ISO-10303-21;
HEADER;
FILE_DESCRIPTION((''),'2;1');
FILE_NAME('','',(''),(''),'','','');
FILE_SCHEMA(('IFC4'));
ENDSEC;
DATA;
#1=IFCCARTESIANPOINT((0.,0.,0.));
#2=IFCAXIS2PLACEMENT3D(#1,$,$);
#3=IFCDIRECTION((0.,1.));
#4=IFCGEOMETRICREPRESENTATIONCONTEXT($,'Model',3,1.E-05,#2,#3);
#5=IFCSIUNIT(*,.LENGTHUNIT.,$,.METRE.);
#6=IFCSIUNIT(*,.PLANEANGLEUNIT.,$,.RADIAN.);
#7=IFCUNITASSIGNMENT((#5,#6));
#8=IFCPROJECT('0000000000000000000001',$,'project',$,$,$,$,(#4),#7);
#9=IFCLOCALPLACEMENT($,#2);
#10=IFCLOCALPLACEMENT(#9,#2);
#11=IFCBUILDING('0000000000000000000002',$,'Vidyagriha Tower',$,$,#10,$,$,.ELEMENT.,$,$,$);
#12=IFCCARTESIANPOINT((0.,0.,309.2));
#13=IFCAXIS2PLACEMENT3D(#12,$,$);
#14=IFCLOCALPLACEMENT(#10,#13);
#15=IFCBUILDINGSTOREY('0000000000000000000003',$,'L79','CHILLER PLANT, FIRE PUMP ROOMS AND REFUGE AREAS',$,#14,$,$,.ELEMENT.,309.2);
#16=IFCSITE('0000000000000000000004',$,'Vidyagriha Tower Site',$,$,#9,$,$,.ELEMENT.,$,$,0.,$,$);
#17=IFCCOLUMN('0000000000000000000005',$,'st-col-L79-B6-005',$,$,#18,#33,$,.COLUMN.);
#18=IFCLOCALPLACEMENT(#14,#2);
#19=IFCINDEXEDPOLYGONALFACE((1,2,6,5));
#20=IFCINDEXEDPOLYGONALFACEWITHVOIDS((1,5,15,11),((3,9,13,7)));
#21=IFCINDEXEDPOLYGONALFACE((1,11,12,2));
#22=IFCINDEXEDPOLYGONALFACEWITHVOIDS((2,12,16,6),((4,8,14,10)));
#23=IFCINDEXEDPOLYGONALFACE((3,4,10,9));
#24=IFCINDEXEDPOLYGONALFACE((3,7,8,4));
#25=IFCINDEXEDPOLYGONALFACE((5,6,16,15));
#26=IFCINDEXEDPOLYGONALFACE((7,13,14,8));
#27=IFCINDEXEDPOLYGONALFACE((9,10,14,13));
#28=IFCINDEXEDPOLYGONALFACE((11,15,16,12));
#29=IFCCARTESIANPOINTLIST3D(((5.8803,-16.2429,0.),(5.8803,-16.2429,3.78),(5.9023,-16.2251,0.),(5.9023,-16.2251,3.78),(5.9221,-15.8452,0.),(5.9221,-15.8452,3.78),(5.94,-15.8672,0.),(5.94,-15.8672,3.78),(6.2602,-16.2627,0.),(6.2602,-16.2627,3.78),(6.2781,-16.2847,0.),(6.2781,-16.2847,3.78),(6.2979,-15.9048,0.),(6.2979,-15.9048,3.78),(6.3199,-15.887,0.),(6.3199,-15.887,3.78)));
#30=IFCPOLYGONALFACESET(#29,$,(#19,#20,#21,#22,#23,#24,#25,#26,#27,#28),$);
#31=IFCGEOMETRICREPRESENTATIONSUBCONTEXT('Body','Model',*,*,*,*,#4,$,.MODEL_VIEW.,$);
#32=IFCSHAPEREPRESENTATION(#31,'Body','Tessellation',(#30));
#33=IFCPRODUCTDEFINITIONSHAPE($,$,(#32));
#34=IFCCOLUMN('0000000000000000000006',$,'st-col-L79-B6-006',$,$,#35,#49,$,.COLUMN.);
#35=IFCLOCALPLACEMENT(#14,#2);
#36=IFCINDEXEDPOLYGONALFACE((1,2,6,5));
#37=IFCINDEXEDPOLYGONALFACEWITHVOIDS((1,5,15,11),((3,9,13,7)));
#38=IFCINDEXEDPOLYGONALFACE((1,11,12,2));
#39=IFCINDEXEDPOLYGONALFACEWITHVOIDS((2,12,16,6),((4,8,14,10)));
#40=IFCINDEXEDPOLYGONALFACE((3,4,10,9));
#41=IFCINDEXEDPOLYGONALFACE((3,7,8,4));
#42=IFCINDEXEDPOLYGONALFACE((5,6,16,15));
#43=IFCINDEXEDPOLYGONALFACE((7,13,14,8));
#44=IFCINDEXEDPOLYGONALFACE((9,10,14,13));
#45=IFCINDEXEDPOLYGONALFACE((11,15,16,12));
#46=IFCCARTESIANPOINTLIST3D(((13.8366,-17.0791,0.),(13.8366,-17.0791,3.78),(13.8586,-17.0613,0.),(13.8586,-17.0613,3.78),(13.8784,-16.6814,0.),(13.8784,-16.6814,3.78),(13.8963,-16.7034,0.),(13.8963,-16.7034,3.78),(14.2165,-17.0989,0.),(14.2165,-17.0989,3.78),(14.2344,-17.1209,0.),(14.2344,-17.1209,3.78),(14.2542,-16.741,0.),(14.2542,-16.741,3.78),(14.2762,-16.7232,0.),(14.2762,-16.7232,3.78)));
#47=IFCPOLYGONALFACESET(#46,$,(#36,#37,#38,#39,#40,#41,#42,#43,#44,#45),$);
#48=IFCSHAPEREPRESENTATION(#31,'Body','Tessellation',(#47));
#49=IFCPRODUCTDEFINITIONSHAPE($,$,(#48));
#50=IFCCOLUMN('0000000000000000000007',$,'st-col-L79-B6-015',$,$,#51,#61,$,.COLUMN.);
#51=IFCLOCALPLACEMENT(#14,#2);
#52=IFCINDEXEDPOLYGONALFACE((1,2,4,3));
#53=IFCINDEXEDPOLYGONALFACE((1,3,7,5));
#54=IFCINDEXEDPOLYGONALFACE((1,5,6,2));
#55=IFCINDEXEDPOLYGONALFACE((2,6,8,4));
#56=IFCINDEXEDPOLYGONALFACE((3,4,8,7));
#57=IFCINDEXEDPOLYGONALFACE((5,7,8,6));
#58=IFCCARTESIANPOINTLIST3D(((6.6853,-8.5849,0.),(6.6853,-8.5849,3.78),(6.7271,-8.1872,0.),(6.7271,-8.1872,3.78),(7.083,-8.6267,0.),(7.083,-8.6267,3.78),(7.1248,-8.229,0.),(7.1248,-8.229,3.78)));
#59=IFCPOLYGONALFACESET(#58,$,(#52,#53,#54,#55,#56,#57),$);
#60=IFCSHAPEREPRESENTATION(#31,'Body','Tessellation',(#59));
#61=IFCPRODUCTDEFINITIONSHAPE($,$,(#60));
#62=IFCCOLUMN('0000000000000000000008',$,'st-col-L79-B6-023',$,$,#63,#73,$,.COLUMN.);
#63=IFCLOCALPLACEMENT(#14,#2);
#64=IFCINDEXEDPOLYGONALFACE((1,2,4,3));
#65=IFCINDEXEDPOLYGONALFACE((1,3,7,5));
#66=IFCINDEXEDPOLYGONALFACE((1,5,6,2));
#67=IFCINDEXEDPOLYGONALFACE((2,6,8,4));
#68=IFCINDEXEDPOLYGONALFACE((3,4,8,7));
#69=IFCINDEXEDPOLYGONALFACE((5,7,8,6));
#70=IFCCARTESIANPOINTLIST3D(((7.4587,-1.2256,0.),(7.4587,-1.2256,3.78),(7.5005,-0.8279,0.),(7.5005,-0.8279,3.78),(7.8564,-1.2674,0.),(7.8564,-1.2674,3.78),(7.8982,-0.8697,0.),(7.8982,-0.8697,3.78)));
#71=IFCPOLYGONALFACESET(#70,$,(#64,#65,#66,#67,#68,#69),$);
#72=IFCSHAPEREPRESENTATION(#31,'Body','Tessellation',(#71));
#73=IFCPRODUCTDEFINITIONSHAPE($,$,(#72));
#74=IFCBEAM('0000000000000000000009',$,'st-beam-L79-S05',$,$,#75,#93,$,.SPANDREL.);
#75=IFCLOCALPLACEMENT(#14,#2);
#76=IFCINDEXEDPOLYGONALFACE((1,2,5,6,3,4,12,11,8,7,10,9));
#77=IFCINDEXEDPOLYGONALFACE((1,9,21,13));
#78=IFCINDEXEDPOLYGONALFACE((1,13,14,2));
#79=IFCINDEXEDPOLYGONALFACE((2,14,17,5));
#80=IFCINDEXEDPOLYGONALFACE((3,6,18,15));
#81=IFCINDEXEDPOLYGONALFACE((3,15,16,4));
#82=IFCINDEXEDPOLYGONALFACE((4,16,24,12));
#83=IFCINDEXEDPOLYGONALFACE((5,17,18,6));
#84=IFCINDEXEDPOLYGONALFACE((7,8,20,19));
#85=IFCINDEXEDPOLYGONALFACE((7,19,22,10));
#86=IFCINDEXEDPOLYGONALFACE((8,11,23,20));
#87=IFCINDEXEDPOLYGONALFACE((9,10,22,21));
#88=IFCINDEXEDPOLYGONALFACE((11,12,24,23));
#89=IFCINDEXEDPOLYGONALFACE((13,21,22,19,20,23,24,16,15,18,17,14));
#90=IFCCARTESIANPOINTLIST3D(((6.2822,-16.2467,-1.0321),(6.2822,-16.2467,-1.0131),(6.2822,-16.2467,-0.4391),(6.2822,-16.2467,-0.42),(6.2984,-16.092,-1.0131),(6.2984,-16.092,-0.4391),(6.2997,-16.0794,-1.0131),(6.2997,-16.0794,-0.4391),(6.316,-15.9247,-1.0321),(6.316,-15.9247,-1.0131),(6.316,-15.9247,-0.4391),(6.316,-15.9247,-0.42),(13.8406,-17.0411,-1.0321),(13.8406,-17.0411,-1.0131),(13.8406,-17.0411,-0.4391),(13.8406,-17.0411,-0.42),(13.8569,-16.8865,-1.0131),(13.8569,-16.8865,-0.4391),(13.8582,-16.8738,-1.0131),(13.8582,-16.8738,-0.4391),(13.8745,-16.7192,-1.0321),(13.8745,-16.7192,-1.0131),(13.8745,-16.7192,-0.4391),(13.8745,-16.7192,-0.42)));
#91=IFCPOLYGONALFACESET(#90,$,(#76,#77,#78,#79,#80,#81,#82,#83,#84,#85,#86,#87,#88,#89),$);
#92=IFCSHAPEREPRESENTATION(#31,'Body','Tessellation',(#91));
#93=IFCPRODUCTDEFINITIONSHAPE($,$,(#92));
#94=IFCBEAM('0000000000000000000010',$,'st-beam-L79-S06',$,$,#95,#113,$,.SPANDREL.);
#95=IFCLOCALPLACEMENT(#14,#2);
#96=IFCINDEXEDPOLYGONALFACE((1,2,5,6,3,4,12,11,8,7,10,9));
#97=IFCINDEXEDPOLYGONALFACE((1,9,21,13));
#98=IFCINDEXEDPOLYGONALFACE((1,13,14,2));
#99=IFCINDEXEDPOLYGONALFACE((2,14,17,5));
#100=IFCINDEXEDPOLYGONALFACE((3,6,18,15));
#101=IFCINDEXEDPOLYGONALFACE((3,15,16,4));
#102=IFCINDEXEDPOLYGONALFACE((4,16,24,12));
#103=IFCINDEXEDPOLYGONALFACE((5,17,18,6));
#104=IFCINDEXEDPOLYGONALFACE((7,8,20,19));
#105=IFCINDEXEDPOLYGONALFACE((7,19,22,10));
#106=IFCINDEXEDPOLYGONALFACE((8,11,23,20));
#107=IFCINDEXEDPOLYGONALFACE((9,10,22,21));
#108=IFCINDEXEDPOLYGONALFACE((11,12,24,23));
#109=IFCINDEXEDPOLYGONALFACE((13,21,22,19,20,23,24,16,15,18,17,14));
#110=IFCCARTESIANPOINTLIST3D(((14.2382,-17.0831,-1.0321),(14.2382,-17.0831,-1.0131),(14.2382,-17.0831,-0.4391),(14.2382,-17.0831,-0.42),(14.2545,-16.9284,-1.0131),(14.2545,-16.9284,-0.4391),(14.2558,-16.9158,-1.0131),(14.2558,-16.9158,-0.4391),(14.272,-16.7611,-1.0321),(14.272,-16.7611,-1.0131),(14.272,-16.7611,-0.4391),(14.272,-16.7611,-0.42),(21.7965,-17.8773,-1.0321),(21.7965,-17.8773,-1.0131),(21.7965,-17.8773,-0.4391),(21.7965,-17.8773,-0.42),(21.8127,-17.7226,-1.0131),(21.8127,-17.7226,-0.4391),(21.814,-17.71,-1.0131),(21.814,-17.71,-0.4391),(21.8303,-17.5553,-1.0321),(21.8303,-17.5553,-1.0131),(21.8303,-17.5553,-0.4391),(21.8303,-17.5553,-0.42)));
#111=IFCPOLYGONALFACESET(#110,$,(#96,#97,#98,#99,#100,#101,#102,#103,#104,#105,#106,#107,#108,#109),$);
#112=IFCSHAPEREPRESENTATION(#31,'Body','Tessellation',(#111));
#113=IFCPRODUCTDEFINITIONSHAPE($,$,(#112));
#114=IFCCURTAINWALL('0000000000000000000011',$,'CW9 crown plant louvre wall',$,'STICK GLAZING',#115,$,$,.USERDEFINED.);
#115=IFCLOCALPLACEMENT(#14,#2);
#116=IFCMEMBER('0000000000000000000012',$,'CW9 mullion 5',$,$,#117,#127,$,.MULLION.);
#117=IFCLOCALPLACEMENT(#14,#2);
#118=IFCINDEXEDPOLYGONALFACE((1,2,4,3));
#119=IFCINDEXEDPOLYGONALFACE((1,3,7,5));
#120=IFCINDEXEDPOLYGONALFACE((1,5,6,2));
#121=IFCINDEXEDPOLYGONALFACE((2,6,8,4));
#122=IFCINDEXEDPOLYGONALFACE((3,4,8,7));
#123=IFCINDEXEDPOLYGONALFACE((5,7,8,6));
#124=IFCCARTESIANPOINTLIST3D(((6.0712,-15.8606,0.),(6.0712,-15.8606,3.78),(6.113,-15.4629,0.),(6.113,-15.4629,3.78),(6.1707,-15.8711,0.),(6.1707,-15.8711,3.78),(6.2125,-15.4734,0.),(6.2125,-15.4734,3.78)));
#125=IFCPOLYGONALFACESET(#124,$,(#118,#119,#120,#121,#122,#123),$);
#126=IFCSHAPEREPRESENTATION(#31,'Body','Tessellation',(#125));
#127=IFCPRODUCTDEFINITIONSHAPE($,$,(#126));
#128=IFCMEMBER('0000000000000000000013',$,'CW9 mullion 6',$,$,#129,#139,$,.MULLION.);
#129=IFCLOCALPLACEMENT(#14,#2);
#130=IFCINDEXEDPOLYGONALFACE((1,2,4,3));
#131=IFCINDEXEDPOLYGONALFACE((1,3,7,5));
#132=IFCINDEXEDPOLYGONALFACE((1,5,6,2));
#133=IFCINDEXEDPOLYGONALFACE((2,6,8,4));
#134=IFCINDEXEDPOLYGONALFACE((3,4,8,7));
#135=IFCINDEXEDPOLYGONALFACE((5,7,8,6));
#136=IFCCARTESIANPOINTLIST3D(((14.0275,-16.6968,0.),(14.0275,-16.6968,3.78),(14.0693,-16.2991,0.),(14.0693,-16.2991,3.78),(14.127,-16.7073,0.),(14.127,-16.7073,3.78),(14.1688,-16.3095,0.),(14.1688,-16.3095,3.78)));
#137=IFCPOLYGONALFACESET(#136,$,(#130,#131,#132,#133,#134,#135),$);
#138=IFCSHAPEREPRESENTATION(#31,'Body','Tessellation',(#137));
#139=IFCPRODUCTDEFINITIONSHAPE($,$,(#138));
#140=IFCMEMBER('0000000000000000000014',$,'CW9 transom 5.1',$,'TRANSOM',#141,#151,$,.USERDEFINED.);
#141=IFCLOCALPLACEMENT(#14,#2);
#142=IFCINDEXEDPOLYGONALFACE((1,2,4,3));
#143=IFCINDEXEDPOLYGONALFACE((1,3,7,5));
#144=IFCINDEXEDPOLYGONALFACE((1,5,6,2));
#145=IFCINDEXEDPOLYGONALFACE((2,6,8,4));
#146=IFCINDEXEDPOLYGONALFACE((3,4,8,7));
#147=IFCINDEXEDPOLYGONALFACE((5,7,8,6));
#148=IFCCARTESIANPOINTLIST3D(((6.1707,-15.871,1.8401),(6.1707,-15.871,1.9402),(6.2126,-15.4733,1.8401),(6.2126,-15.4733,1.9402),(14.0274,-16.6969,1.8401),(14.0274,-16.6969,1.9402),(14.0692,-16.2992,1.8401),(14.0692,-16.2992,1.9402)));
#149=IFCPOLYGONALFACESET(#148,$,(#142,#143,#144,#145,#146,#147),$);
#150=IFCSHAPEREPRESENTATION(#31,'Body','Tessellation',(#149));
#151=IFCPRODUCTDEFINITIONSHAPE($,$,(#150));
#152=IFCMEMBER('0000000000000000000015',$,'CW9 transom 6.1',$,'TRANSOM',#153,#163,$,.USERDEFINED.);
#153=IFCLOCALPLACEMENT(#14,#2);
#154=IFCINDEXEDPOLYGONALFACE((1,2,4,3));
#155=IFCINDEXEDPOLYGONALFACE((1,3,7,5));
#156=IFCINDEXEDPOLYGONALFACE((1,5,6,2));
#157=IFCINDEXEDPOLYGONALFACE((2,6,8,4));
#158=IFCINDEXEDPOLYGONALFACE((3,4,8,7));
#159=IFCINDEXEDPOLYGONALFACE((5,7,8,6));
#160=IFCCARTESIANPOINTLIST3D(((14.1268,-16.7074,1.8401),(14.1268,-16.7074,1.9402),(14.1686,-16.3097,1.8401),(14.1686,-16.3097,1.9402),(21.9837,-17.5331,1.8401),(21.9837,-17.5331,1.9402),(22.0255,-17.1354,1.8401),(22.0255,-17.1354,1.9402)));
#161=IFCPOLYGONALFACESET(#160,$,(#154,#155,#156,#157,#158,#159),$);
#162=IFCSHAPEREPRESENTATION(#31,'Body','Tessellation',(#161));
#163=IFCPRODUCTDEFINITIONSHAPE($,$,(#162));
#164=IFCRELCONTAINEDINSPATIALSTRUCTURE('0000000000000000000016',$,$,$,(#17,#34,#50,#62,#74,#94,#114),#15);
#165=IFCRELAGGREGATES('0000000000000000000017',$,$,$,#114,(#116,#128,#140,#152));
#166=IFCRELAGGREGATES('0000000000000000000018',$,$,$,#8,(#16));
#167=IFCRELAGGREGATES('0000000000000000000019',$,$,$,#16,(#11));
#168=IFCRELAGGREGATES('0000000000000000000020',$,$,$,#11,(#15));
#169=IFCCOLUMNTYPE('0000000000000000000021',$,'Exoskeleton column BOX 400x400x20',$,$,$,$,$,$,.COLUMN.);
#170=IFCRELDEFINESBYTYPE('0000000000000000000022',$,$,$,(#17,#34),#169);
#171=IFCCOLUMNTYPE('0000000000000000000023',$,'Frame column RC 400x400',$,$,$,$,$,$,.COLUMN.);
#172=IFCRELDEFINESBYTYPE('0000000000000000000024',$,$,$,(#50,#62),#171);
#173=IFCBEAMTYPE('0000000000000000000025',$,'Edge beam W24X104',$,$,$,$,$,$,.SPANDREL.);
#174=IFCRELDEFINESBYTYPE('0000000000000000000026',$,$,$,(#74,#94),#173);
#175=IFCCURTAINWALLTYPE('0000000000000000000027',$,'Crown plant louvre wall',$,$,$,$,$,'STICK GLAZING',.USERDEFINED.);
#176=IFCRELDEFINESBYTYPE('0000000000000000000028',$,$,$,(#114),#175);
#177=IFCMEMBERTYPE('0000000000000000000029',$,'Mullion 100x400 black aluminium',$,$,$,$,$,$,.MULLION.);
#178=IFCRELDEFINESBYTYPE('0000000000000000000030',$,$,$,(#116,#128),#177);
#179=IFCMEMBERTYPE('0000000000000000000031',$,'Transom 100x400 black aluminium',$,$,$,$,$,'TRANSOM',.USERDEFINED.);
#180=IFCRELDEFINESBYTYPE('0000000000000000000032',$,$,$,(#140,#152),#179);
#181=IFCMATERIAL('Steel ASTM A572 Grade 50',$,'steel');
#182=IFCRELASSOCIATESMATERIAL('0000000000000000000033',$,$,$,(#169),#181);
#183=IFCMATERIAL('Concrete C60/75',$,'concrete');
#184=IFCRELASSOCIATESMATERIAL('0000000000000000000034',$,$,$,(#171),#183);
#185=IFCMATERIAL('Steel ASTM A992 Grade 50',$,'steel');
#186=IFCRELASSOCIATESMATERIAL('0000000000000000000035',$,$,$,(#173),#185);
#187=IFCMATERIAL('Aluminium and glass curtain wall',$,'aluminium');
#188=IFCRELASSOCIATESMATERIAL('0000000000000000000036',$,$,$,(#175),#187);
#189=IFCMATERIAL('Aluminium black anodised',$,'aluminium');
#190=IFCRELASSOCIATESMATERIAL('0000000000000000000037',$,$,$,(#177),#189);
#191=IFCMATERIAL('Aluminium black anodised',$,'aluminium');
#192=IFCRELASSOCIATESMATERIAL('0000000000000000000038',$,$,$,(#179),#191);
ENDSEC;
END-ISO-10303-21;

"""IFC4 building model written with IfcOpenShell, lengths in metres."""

from ifc_helpers import new_model, si_unit, direction, frame, origin, origin_2d, place, context, subcontext, project, spatial, rectangle, hollow_rectangle, i_section, extrude, material, material_profile, profile_set, type_object, element, aggregate, save


model = new_model("IFC4")

# Units and contexts
model_context = context("Model", 3, precision=1e-05, world=origin(), true_north=direction((0.0, 1.0)))
body_context = subcontext(model_context, "Body", "Model", "MODEL_VIEW")
ifc_project = project(units=[si_unit("LENGTHUNIT", "METRE"), si_unit("PLANEANGLEUNIT", "RADIAN")], contexts=[model_context])

# Site, building, storey
site_placement = place(None, origin())
site = spatial("IfcSite", under=ifc_project, at=site_placement, Name="Vidyagriha Tower Site", CompositionType="ELEMENT", RefElevation=0.0)
building_placement = place(site_placement, origin())
building = spatial("IfcBuilding", under=site, at=building_placement, Name="Vidyagriha Tower", CompositionType="ELEMENT")
storey_placement = place(building_placement, frame((0.0, 0.0, 309.2)))
storey = spatial("IfcBuildingStorey", under=building, at=storey_placement, Name="L79", Description="CHILLER PLANT, FIRE PUMP ROOMS AND REFUGE AREAS", CompositionType="ELEMENT", Elevation=309.2)

# Columns
ifc_material_1 = material(Name="Steel ASTM A572 Grade 50", Category="steel")
ifc_material_profile_1 = material_profile(ifc_material_1, hollow_rectangle(XDim=0.3999, YDim=0.3999, WallThickness=0.02, at=origin_2d()), Name="BOX 400x400x20")
ifc_profile_set_1 = profile_set([ifc_material_profile_1], Name="Steel ASTM A572 Grade 50")
column_type_1 = type_object("IfcColumnType", Name="Exoskeleton column BOX 400x400x20", PredefinedType="COLUMN", material=ifc_profile_set_1)
for number, where, z_axis, x_axis, name in (
    (1, (6.1001, -16.0649, 0.0), (0.0, 0.0, 1.0), (0.994522, -0.104528, 0.0), "st-col-L79-B6-005"),
    (2, (14.0564, -16.9011, 0.0), (0.0, 0.0, 1.0), (0.994522, -0.104528, 0.0), "st-col-L79-B6-006"),
):
    element("IfcColumn", number, at=place(storey_placement, frame(where, z_axis=z_axis, x_axis=x_axis)), inside=storey, type_object=column_type_1, Name=name, PredefinedType="COLUMN", context=body_context, shape_type="SweptSolid", body=[
        extrude(hollow_rectangle(XDim=0.3999, YDim=0.3999, WallThickness=0.02, at=origin_2d()), origin(), (0.0, 0.0, 1.0), 3.78),
    ])
ifc_material_2 = material(Name="Concrete C60/75", Category="concrete")
ifc_material_profile_2 = material_profile(ifc_material_2, rectangle(XDim=0.3999, YDim=0.3999, at=origin_2d()), Name="RC 400x400")
ifc_profile_set_2 = profile_set([ifc_material_profile_2], Name="Concrete C60/75")
column_type_2 = type_object("IfcColumnType", Name="Frame column RC 400x400", PredefinedType="COLUMN", material=ifc_profile_set_2)
for number, where, z_axis, x_axis, name in (
    (3, (6.905, -8.407, 0.0), (0.0, 0.0, 1.0), (0.994522, -0.104528, 0.0), "st-col-L79-B6-015"),
    (4, (7.6785, -1.0476, 0.0), (0.0, 0.0, 1.0), (0.994522, -0.104528, 0.0), "st-col-L79-B6-023"),
):
    element("IfcColumn", number, at=place(storey_placement, frame(where, z_axis=z_axis, x_axis=x_axis)), inside=storey, type_object=column_type_2, Name=name, PredefinedType="COLUMN", context=body_context, shape_type="SweptSolid", body=[
        extrude(rectangle(XDim=0.3999, YDim=0.3999, at=origin_2d()), origin(), (0.0, 0.0, 1.0), 3.78),
    ])

# Beams
ifc_material_3 = material(Name="Steel ASTM A992 Grade 50", Category="steel")
ifc_material_profile_3 = material_profile(ifc_material_3, i_section(OverallWidth=0.3237, OverallDepth=0.6121, WebThickness=0.0127, FlangeThickness=0.019, at=origin_2d()), Name="W24X104")
ifc_profile_set_3 = profile_set([ifc_material_profile_3], Name="Steel ASTM A992 Grade 50")
beam_type = type_object("IfcBeamType", Name="Edge beam W24X104", PredefinedType="SPANDREL", material=ifc_profile_set_3)
beam_1_placement = place(storey_placement, frame((6.2991, -16.0857, -0.7261), z_axis=(0.994522, -0.104531, 0.0), x_axis=(0.104531, 0.994522, 0.0)))
element("IfcBeam", 5, at=beam_1_placement, inside=storey, type_object=beam_type, Name="st-beam-L79-S05", PredefinedType="SPANDREL", context=body_context, shape_type="SweptSolid", body=[
    extrude(i_section(OverallWidth=0.3237, OverallDepth=0.6121, WebThickness=0.0127, FlangeThickness=0.019, at=origin_2d()), origin(), (0.0, 0.0, 1.0), 7.6001),
])
beam_2_placement = place(storey_placement, frame((14.2551, -16.9221, -0.7261), z_axis=(0.994525, -0.104499, 0.0), x_axis=(0.104499, 0.994525, 0.0)))
element("IfcBeam", 6, at=beam_2_placement, inside=storey, type_object=beam_type, Name="st-beam-L79-S06", PredefinedType="SPANDREL", context=body_context, shape_type="SweptSolid", body=[
    extrude(i_section(OverallWidth=0.3237, OverallDepth=0.6121, WebThickness=0.0127, FlangeThickness=0.019, at=origin_2d()), origin(), (0.0, 0.0, 1.0), 7.5999),
])

# Curtain wall, members
ifc_material_4 = material(Name="Aluminium and glass curtain wall", Category="aluminium")
curtain_wall_type = type_object("IfcCurtainWallType", Name="Crown plant louvre wall", ElementType="STICK GLAZING", PredefinedType="USERDEFINED", material=ifc_material_4)
curtain_wall_placement = place(storey_placement, origin())
curtain_wall = element("IfcCurtainWall", 7, at=curtain_wall_placement, inside=storey, type_object=curtain_wall_type, Name="CW9 crown plant louvre wall", ObjectType="STICK GLAZING", PredefinedType="USERDEFINED")
ifc_material_5 = material(Name="Aluminium black anodised", Category="aluminium")
ifc_material_profile_4 = material_profile(ifc_material_5, rectangle(XDim=0.3999, YDim=0.1001, at=origin_2d()), Name="Mullion 100x400 black aluminium")
ifc_profile_set_4 = profile_set([ifc_material_profile_4], Name="Aluminium black anodised")
member_type_1 = type_object("IfcMemberType", Name="Mullion 100x400 black aluminium", PredefinedType="MULLION", material=ifc_profile_set_4)
member_1_placement = place(storey_placement, frame((6.1418, -15.667, 0.0), z_axis=(0.0, 0.0, 1.0), x_axis=(0.104528, 0.994522, 0.0)))
member_1 = element("IfcMember", 8, at=member_1_placement, type_object=member_type_1, Name="CW9 mullion 5", PredefinedType="MULLION", context=body_context, shape_type="SweptSolid", body=[
    extrude(rectangle(XDim=0.3999, YDim=0.1001, at=origin_2d()), origin(), (0.0, 0.0, 1.0), 3.78),
])
member_2_placement = place(storey_placement, frame((14.0981, -16.5032, 0.0), z_axis=(0.0, 0.0, 1.0), x_axis=(0.104528, 0.994522, 0.0)))
member_2 = element("IfcMember", 9, at=member_2_placement, type_object=member_type_1, Name="CW9 mullion 6", PredefinedType="MULLION", context=body_context, shape_type="SweptSolid", body=[
    extrude(rectangle(XDim=0.3999, YDim=0.1001, at=origin_2d()), origin(), (0.0, 0.0, 1.0), 3.78),
])
ifc_material_6 = material(Name="Aluminium black anodised", Category="aluminium")
ifc_material_profile_5 = material_profile(ifc_material_6, rectangle(XDim=0.3999, YDim=0.1001, at=origin_2d()), Name="Transom 100x400 black aluminium")
ifc_profile_set_5 = profile_set([ifc_material_profile_5], Name="Aluminium black anodised")
member_type_2 = type_object("IfcMemberType", Name="Transom 100x400 black aluminium", ElementType="TRANSOM", PredefinedType="USERDEFINED", material=ifc_profile_set_5)
member_3_placement = place(storey_placement, frame((6.1917, -15.6721, 1.8901), z_axis=(0.99452, -0.104548, 0.0), x_axis=(0.104548, 0.99452, 0.0)))
member_3 = element("IfcMember", 10, at=member_3_placement, type_object=member_type_2, Name="CW9 transom 5.1", ObjectType="TRANSOM", PredefinedType="USERDEFINED", context=body_context, shape_type="SweptSolid", body=[
    extrude(rectangle(XDim=0.3999, YDim=0.1001, at=origin_2d()), origin(), (0.0, 0.0, 1.0), 7.8999),
])
member_4_placement = place(storey_placement, frame((14.1477, -16.5085, 1.8901), z_axis=(0.994523, -0.104514, 0.0), x_axis=(0.104514, 0.994523, 0.0)))
member_4 = element("IfcMember", 11, at=member_4_placement, type_object=member_type_2, Name="CW9 transom 6.1", ObjectType="TRANSOM", PredefinedType="USERDEFINED", context=body_context, shape_type="SweptSolid", body=[
    extrude(rectangle(XDim=0.3999, YDim=0.1001, at=origin_2d()), origin(), (0.0, 0.0, 1.0), 7.9001),
])

aggregate(curtain_wall, [member_1, member_2, member_3, member_4])

save(model, "model.ifc")
